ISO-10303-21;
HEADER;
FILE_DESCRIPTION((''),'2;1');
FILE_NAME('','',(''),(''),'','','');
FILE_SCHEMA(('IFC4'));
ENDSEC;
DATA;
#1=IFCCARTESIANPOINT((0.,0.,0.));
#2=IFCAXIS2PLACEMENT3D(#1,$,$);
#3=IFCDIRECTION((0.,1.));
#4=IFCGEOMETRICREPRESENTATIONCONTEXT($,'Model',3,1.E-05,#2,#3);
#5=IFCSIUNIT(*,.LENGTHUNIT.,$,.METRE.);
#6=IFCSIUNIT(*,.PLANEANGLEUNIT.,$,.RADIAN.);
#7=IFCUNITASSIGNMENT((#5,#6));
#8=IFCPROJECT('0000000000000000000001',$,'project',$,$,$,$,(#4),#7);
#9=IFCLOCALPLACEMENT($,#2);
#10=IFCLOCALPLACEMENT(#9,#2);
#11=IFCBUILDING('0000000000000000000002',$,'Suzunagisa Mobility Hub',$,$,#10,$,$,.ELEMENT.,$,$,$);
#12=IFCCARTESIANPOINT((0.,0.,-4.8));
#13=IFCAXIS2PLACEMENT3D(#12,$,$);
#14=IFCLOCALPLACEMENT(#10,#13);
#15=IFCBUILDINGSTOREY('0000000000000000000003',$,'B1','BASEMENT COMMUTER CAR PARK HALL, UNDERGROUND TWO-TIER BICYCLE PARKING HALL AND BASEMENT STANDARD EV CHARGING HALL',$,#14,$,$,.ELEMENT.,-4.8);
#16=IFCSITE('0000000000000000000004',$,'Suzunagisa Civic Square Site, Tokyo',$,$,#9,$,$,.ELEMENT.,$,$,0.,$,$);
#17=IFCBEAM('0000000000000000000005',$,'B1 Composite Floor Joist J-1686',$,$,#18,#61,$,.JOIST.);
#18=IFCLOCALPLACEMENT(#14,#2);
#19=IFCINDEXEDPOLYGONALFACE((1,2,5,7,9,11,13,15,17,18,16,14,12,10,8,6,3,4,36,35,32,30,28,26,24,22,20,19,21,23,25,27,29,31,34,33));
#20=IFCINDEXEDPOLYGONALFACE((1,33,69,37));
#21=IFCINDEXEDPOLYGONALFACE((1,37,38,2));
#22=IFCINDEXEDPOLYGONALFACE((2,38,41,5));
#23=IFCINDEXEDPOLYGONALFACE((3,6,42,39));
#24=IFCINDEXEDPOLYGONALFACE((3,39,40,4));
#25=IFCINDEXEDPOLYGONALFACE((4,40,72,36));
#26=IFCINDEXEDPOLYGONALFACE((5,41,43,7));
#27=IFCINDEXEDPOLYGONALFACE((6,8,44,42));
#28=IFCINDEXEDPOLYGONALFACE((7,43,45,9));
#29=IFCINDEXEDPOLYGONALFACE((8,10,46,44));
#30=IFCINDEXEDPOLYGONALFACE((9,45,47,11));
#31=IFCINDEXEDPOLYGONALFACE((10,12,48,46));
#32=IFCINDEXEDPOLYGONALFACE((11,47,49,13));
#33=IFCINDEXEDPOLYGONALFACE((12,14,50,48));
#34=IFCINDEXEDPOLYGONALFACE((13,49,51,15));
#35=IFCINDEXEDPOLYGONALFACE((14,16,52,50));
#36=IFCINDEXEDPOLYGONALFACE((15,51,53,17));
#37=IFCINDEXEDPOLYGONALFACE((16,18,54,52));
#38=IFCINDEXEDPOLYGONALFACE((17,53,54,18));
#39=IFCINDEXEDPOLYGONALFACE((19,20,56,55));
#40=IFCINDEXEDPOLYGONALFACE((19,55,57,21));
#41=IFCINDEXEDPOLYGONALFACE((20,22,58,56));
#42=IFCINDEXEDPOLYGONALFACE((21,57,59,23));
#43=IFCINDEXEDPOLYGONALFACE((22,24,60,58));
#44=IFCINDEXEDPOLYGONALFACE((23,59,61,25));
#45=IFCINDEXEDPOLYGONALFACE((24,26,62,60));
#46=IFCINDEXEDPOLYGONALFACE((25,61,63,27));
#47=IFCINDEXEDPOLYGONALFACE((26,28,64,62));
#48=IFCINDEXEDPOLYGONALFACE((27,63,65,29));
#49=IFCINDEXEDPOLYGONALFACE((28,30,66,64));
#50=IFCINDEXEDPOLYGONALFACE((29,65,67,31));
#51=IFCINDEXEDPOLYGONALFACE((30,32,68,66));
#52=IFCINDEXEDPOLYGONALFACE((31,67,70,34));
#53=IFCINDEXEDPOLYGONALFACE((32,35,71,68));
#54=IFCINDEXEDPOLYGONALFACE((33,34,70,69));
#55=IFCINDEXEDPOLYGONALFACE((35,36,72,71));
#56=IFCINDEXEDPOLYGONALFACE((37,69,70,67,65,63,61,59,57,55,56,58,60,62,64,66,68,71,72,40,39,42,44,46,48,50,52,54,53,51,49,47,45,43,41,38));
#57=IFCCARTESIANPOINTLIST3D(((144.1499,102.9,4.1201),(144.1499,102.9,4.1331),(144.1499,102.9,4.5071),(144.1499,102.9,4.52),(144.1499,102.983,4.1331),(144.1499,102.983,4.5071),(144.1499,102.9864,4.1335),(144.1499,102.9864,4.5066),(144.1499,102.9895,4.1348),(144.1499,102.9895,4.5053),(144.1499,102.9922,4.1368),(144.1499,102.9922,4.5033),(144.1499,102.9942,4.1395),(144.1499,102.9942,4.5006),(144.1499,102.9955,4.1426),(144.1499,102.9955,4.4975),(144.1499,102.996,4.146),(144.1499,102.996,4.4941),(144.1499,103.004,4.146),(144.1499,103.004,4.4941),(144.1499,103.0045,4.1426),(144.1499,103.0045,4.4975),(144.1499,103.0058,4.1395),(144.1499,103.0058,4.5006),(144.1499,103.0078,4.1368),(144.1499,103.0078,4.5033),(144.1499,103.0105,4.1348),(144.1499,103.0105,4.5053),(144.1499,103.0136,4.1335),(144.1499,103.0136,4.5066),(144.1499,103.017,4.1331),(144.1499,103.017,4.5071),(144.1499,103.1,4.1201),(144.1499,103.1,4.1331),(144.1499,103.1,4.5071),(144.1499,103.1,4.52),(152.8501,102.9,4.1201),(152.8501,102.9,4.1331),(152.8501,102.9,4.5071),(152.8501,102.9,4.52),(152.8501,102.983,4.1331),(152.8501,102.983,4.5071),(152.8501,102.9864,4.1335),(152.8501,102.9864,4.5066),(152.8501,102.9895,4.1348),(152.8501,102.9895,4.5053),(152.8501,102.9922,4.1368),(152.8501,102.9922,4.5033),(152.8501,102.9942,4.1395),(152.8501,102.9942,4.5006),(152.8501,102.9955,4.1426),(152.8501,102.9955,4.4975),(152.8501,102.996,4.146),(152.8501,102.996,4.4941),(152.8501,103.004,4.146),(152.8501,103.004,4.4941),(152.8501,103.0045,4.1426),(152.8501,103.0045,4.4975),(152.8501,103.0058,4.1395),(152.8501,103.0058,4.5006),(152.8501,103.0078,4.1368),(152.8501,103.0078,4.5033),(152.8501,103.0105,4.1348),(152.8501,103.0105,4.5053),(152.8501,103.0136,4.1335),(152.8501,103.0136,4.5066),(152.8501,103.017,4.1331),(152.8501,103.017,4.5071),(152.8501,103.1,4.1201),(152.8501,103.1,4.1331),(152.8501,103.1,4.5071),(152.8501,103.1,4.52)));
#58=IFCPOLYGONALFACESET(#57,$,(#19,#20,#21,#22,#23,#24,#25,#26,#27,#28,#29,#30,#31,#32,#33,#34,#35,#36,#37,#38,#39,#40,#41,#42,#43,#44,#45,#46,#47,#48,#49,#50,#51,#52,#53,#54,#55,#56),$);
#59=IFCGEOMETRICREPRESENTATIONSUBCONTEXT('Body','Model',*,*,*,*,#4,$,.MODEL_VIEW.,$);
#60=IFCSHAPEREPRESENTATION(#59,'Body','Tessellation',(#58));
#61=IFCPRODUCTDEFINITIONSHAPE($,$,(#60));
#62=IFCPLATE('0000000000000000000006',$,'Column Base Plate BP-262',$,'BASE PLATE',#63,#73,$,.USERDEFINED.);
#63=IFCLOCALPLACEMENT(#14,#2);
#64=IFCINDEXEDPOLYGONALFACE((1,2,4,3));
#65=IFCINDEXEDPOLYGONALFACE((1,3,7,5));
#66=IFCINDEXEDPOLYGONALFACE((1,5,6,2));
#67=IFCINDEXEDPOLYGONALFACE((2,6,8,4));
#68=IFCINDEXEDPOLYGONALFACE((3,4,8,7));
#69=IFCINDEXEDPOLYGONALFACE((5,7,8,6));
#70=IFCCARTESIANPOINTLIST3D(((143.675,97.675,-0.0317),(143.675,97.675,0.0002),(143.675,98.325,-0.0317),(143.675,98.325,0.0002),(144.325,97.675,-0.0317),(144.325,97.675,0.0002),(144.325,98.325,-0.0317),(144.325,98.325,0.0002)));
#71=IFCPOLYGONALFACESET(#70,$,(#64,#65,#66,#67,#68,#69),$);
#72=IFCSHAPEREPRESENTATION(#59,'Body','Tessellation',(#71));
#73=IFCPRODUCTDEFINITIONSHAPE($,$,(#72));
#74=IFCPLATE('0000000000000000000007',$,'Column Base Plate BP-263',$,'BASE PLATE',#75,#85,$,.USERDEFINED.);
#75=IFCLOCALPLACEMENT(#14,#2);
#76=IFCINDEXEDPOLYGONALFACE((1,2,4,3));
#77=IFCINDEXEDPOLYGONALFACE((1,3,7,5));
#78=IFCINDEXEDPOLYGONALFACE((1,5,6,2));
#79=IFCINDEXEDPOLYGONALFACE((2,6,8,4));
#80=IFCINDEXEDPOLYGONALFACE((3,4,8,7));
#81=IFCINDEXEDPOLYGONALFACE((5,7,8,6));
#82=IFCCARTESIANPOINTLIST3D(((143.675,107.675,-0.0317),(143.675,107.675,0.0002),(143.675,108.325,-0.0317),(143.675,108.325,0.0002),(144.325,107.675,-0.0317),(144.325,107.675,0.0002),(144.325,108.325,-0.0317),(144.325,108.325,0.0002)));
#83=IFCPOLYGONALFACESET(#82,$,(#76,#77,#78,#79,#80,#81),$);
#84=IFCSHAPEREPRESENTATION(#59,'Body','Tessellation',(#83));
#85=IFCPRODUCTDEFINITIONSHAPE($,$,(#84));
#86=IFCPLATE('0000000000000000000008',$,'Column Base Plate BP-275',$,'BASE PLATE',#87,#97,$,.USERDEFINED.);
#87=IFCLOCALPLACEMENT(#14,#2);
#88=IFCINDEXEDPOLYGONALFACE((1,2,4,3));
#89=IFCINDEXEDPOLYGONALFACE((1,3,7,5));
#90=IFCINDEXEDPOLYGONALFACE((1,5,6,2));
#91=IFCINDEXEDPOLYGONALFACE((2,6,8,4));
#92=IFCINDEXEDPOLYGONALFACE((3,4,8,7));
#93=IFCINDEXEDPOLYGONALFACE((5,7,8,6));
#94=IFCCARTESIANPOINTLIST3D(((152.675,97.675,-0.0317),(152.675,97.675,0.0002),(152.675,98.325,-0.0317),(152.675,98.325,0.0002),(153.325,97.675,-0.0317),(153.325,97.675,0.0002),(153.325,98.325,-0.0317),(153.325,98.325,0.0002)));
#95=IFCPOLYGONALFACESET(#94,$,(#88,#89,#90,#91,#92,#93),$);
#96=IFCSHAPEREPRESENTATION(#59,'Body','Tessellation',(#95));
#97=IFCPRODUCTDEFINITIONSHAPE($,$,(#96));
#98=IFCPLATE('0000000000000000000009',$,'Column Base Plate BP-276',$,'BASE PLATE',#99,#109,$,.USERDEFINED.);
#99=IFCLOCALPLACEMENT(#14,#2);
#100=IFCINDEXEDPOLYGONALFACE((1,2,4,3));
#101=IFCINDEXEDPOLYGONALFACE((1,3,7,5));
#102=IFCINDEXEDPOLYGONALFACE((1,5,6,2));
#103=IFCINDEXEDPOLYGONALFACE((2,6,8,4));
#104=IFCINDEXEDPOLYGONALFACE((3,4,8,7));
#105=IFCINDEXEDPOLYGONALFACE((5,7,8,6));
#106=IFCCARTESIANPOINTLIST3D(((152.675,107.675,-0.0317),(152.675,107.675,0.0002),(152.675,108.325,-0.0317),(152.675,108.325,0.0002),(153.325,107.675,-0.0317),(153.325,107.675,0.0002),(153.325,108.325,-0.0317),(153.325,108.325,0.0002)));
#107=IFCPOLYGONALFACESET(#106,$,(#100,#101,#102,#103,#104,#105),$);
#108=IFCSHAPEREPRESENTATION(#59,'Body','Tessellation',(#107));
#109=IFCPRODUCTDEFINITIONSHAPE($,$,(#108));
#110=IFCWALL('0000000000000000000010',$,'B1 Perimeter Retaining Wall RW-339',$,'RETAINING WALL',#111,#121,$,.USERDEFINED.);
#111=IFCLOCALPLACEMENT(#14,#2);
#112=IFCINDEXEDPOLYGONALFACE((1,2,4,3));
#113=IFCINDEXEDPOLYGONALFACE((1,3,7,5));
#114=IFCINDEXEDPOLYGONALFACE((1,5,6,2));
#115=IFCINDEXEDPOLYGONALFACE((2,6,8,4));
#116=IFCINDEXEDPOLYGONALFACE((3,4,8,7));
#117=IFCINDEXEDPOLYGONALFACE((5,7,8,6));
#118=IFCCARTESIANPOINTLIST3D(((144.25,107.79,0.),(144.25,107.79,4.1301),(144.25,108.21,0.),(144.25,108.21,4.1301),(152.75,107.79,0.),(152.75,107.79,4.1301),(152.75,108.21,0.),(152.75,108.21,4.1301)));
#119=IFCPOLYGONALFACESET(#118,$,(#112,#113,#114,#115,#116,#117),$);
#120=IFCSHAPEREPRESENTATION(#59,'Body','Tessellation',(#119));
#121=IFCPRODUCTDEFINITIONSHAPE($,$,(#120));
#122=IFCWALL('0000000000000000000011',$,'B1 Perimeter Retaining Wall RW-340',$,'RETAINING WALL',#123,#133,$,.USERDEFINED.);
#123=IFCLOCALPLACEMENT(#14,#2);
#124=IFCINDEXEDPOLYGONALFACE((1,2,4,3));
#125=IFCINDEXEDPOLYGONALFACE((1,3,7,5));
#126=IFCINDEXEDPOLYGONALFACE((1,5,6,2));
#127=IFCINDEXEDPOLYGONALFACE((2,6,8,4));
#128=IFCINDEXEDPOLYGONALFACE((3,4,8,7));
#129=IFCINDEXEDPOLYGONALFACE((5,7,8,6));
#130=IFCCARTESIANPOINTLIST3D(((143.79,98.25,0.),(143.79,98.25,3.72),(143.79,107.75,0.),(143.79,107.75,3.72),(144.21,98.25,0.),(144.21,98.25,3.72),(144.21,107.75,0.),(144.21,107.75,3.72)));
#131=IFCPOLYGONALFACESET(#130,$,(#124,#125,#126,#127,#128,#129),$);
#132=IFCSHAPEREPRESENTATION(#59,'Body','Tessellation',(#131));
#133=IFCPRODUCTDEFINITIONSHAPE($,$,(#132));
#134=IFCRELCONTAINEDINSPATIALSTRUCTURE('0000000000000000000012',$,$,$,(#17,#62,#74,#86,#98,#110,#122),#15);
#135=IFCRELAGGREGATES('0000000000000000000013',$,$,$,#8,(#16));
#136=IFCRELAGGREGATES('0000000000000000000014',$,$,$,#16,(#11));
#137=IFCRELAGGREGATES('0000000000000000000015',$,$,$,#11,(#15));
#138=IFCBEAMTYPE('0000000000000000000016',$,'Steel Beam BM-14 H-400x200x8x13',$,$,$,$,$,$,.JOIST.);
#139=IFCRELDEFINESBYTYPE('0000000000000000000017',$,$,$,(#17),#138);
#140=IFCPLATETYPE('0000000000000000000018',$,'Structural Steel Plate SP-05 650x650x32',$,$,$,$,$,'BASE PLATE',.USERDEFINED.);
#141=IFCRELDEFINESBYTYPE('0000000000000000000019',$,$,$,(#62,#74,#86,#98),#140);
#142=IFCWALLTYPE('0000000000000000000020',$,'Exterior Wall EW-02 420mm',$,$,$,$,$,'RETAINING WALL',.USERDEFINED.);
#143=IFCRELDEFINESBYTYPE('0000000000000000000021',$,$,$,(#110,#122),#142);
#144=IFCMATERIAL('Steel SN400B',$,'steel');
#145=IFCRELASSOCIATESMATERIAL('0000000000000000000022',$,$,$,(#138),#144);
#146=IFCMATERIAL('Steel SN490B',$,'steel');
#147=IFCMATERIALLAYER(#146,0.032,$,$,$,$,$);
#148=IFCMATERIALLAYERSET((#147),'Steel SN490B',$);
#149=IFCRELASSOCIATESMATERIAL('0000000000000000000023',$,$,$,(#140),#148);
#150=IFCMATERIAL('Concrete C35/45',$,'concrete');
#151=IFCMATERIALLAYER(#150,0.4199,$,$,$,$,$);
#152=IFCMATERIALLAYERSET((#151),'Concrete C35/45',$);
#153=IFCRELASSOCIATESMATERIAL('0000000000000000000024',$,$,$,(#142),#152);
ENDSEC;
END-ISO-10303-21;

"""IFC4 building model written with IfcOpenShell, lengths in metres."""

from ifc_helpers import new_model, si_unit, direction, frame, frame_2d, origin, origin_2d, place, context, subcontext, project, spatial, rectangle, i_section, extrude, material, layer, layer_set, material_profile, profile_set, type_object, element, save


model = new_model("IFC4")

# Units and contexts
model_context = context("Model", 3, precision=1e-05, world=origin(), true_north=direction((0.0, 1.0)))
body_context = subcontext(model_context, "Body", "Model", "MODEL_VIEW")
ifc_project = project(units=[si_unit("LENGTHUNIT", "METRE"), si_unit("PLANEANGLEUNIT", "RADIAN")], contexts=[model_context])

# Site, building, storey
site_placement = place(None, origin())
site = spatial("IfcSite", under=ifc_project, at=site_placement, Name="Suzunagisa Civic Square Site, Tokyo", CompositionType="ELEMENT", RefElevation=0.0)
building_placement = place(site_placement, origin())
building = spatial("IfcBuilding", under=site, at=building_placement, Name="Suzunagisa Mobility Hub", CompositionType="ELEMENT")
storey_placement = place(building_placement, frame((0.0, 0.0, -4.8)))
storey = spatial("IfcBuildingStorey", under=building, at=storey_placement, Name="B1", Description="BASEMENT COMMUTER CAR PARK HALL, UNDERGROUND TWO-TIER BICYCLE PARKING HALL AND BASEMENT STANDARD EV CHARGING HALL", CompositionType="ELEMENT", Elevation=-4.8)

# Shared definitions
ifc_material_1 = material(Name="Concrete C35/45", Category="concrete")

# Shared definitions
ifc_material_2 = material(Name="Steel SN490B", Category="steel")

# Beam
ifc_material_3 = material(Name="Steel SN400B", Category="steel")
ifc_material_profile_1 = material_profile(ifc_material_3, i_section(OverallWidth=0.2, OverallDepth=0.3999, WebThickness=0.0081, FlangeThickness=0.0129, FilletRadius=0.0129, at=origin_2d()), Name="H-400x200x8x13")
ifc_profile_set_1 = profile_set([ifc_material_profile_1], Name="Steel SN400B")
beam_type_1 = type_object("IfcBeamType", Name="Steel Beam BM-14 H-400x200x8x13", PredefinedType="JOIST", material=ifc_profile_set_1)
beam_1_placement = place(storey_placement, frame((144.1499, 103.0, 4.3201), z_axis=(1.0, 0.0, 0.0), x_axis=(0.0, 1.0, 0.0)))
element("IfcBeam", 1, at=beam_1_placement, inside=storey, type_object=beam_type_1, Name="B1 Composite Floor Joist J-1686", PredefinedType="JOIST", context=body_context, shape_type="SweptSolid", body=[
    extrude(i_section(OverallWidth=0.2, OverallDepth=0.3999, WebThickness=0.0081, FlangeThickness=0.0129, FilletRadius=0.0129, at=origin_2d()), origin(), (0.0, 0.0, 1.0), 8.7002),
])

# Plates
ifc_layer_1 = layer(ifc_material_2, 0.032)
ifc_layer_set_1 = layer_set([ifc_layer_1], Name="Steel SN490B")
plate_type = type_object("IfcPlateType", Name="Structural Steel Plate SP-05 650x650x32", ElementType="BASE PLATE", PredefinedType="USERDEFINED", material=ifc_layer_set_1)
for number, where, z_axis, x_axis, name in (
    (2, (144.0, 98.0, -0.0317), (0.0, 0.0, 1.0), (1.0, 0.0, 0.0), "Column Base Plate BP-262"),
    (3, (144.0, 108.0, -0.0317), (0.0, 0.0, 1.0), (1.0, 0.0, 0.0), "Column Base Plate BP-263"),
    (4, (153.0, 98.0, -0.0317), (0.0, 0.0, 1.0), (1.0, 0.0, 0.0), "Column Base Plate BP-275"),
    (5, (153.0, 108.0, -0.0317), (0.0, 0.0, 1.0), (1.0, 0.0, 0.0), "Column Base Plate BP-276"),
):
    element("IfcPlate", number, at=place(storey_placement, frame(where, z_axis=z_axis, x_axis=x_axis)), inside=storey, type_object=plate_type, Name=name, ObjectType="BASE PLATE", PredefinedType="USERDEFINED", context=body_context, shape_type="SweptSolid", body=[
        extrude(rectangle(XDim=0.6499, YDim=0.6499, at=origin_2d()), origin(), (0.0, 0.0, 1.0), 0.032),
    ])

# Walls
ifc_layer_2 = layer(ifc_material_1, 0.4199)
ifc_layer_set_2 = layer_set([ifc_layer_2], Name="Concrete C35/45")
wall_type = type_object("IfcWallType", Name="Exterior Wall EW-02 420mm", ElementType="RETAINING WALL", PredefinedType="USERDEFINED", material=ifc_layer_set_2)
wall_1_placement = place(storey_placement, frame((152.75, 108.0, 0.0), z_axis=(0.0, 0.0, 1.0), x_axis=(-1.0, 0.0, 0.0)))
element("IfcWall", 6, at=wall_1_placement, inside=storey, type_object=wall_type, Name="B1 Perimeter Retaining Wall RW-339", ObjectType="RETAINING WALL", PredefinedType="USERDEFINED", context=body_context, shape_type="SweptSolid", body=[
    extrude(rectangle(XDim=8.5, YDim=0.4199, at=frame_2d((4.25, 0.0))), origin(), (0.0, 0.0, 1.0), 4.1301),
])
wall_2_placement = place(storey_placement, frame((144.0, 107.75, 0.0), z_axis=(0.0, 0.0, 1.0), x_axis=(0.0, -1.0, 0.0)))
element("IfcWall", 7, at=wall_2_placement, inside=storey, type_object=wall_type, Name="B1 Perimeter Retaining Wall RW-340", ObjectType="RETAINING WALL", PredefinedType="USERDEFINED", context=body_context, shape_type="SweptSolid", body=[
    extrude(rectangle(XDim=9.5, YDim=0.4199, at=frame_2d((4.75, 0.0))), origin(), (0.0, 0.0, 1.0), 3.72),
])

save(model, "model.ifc")
